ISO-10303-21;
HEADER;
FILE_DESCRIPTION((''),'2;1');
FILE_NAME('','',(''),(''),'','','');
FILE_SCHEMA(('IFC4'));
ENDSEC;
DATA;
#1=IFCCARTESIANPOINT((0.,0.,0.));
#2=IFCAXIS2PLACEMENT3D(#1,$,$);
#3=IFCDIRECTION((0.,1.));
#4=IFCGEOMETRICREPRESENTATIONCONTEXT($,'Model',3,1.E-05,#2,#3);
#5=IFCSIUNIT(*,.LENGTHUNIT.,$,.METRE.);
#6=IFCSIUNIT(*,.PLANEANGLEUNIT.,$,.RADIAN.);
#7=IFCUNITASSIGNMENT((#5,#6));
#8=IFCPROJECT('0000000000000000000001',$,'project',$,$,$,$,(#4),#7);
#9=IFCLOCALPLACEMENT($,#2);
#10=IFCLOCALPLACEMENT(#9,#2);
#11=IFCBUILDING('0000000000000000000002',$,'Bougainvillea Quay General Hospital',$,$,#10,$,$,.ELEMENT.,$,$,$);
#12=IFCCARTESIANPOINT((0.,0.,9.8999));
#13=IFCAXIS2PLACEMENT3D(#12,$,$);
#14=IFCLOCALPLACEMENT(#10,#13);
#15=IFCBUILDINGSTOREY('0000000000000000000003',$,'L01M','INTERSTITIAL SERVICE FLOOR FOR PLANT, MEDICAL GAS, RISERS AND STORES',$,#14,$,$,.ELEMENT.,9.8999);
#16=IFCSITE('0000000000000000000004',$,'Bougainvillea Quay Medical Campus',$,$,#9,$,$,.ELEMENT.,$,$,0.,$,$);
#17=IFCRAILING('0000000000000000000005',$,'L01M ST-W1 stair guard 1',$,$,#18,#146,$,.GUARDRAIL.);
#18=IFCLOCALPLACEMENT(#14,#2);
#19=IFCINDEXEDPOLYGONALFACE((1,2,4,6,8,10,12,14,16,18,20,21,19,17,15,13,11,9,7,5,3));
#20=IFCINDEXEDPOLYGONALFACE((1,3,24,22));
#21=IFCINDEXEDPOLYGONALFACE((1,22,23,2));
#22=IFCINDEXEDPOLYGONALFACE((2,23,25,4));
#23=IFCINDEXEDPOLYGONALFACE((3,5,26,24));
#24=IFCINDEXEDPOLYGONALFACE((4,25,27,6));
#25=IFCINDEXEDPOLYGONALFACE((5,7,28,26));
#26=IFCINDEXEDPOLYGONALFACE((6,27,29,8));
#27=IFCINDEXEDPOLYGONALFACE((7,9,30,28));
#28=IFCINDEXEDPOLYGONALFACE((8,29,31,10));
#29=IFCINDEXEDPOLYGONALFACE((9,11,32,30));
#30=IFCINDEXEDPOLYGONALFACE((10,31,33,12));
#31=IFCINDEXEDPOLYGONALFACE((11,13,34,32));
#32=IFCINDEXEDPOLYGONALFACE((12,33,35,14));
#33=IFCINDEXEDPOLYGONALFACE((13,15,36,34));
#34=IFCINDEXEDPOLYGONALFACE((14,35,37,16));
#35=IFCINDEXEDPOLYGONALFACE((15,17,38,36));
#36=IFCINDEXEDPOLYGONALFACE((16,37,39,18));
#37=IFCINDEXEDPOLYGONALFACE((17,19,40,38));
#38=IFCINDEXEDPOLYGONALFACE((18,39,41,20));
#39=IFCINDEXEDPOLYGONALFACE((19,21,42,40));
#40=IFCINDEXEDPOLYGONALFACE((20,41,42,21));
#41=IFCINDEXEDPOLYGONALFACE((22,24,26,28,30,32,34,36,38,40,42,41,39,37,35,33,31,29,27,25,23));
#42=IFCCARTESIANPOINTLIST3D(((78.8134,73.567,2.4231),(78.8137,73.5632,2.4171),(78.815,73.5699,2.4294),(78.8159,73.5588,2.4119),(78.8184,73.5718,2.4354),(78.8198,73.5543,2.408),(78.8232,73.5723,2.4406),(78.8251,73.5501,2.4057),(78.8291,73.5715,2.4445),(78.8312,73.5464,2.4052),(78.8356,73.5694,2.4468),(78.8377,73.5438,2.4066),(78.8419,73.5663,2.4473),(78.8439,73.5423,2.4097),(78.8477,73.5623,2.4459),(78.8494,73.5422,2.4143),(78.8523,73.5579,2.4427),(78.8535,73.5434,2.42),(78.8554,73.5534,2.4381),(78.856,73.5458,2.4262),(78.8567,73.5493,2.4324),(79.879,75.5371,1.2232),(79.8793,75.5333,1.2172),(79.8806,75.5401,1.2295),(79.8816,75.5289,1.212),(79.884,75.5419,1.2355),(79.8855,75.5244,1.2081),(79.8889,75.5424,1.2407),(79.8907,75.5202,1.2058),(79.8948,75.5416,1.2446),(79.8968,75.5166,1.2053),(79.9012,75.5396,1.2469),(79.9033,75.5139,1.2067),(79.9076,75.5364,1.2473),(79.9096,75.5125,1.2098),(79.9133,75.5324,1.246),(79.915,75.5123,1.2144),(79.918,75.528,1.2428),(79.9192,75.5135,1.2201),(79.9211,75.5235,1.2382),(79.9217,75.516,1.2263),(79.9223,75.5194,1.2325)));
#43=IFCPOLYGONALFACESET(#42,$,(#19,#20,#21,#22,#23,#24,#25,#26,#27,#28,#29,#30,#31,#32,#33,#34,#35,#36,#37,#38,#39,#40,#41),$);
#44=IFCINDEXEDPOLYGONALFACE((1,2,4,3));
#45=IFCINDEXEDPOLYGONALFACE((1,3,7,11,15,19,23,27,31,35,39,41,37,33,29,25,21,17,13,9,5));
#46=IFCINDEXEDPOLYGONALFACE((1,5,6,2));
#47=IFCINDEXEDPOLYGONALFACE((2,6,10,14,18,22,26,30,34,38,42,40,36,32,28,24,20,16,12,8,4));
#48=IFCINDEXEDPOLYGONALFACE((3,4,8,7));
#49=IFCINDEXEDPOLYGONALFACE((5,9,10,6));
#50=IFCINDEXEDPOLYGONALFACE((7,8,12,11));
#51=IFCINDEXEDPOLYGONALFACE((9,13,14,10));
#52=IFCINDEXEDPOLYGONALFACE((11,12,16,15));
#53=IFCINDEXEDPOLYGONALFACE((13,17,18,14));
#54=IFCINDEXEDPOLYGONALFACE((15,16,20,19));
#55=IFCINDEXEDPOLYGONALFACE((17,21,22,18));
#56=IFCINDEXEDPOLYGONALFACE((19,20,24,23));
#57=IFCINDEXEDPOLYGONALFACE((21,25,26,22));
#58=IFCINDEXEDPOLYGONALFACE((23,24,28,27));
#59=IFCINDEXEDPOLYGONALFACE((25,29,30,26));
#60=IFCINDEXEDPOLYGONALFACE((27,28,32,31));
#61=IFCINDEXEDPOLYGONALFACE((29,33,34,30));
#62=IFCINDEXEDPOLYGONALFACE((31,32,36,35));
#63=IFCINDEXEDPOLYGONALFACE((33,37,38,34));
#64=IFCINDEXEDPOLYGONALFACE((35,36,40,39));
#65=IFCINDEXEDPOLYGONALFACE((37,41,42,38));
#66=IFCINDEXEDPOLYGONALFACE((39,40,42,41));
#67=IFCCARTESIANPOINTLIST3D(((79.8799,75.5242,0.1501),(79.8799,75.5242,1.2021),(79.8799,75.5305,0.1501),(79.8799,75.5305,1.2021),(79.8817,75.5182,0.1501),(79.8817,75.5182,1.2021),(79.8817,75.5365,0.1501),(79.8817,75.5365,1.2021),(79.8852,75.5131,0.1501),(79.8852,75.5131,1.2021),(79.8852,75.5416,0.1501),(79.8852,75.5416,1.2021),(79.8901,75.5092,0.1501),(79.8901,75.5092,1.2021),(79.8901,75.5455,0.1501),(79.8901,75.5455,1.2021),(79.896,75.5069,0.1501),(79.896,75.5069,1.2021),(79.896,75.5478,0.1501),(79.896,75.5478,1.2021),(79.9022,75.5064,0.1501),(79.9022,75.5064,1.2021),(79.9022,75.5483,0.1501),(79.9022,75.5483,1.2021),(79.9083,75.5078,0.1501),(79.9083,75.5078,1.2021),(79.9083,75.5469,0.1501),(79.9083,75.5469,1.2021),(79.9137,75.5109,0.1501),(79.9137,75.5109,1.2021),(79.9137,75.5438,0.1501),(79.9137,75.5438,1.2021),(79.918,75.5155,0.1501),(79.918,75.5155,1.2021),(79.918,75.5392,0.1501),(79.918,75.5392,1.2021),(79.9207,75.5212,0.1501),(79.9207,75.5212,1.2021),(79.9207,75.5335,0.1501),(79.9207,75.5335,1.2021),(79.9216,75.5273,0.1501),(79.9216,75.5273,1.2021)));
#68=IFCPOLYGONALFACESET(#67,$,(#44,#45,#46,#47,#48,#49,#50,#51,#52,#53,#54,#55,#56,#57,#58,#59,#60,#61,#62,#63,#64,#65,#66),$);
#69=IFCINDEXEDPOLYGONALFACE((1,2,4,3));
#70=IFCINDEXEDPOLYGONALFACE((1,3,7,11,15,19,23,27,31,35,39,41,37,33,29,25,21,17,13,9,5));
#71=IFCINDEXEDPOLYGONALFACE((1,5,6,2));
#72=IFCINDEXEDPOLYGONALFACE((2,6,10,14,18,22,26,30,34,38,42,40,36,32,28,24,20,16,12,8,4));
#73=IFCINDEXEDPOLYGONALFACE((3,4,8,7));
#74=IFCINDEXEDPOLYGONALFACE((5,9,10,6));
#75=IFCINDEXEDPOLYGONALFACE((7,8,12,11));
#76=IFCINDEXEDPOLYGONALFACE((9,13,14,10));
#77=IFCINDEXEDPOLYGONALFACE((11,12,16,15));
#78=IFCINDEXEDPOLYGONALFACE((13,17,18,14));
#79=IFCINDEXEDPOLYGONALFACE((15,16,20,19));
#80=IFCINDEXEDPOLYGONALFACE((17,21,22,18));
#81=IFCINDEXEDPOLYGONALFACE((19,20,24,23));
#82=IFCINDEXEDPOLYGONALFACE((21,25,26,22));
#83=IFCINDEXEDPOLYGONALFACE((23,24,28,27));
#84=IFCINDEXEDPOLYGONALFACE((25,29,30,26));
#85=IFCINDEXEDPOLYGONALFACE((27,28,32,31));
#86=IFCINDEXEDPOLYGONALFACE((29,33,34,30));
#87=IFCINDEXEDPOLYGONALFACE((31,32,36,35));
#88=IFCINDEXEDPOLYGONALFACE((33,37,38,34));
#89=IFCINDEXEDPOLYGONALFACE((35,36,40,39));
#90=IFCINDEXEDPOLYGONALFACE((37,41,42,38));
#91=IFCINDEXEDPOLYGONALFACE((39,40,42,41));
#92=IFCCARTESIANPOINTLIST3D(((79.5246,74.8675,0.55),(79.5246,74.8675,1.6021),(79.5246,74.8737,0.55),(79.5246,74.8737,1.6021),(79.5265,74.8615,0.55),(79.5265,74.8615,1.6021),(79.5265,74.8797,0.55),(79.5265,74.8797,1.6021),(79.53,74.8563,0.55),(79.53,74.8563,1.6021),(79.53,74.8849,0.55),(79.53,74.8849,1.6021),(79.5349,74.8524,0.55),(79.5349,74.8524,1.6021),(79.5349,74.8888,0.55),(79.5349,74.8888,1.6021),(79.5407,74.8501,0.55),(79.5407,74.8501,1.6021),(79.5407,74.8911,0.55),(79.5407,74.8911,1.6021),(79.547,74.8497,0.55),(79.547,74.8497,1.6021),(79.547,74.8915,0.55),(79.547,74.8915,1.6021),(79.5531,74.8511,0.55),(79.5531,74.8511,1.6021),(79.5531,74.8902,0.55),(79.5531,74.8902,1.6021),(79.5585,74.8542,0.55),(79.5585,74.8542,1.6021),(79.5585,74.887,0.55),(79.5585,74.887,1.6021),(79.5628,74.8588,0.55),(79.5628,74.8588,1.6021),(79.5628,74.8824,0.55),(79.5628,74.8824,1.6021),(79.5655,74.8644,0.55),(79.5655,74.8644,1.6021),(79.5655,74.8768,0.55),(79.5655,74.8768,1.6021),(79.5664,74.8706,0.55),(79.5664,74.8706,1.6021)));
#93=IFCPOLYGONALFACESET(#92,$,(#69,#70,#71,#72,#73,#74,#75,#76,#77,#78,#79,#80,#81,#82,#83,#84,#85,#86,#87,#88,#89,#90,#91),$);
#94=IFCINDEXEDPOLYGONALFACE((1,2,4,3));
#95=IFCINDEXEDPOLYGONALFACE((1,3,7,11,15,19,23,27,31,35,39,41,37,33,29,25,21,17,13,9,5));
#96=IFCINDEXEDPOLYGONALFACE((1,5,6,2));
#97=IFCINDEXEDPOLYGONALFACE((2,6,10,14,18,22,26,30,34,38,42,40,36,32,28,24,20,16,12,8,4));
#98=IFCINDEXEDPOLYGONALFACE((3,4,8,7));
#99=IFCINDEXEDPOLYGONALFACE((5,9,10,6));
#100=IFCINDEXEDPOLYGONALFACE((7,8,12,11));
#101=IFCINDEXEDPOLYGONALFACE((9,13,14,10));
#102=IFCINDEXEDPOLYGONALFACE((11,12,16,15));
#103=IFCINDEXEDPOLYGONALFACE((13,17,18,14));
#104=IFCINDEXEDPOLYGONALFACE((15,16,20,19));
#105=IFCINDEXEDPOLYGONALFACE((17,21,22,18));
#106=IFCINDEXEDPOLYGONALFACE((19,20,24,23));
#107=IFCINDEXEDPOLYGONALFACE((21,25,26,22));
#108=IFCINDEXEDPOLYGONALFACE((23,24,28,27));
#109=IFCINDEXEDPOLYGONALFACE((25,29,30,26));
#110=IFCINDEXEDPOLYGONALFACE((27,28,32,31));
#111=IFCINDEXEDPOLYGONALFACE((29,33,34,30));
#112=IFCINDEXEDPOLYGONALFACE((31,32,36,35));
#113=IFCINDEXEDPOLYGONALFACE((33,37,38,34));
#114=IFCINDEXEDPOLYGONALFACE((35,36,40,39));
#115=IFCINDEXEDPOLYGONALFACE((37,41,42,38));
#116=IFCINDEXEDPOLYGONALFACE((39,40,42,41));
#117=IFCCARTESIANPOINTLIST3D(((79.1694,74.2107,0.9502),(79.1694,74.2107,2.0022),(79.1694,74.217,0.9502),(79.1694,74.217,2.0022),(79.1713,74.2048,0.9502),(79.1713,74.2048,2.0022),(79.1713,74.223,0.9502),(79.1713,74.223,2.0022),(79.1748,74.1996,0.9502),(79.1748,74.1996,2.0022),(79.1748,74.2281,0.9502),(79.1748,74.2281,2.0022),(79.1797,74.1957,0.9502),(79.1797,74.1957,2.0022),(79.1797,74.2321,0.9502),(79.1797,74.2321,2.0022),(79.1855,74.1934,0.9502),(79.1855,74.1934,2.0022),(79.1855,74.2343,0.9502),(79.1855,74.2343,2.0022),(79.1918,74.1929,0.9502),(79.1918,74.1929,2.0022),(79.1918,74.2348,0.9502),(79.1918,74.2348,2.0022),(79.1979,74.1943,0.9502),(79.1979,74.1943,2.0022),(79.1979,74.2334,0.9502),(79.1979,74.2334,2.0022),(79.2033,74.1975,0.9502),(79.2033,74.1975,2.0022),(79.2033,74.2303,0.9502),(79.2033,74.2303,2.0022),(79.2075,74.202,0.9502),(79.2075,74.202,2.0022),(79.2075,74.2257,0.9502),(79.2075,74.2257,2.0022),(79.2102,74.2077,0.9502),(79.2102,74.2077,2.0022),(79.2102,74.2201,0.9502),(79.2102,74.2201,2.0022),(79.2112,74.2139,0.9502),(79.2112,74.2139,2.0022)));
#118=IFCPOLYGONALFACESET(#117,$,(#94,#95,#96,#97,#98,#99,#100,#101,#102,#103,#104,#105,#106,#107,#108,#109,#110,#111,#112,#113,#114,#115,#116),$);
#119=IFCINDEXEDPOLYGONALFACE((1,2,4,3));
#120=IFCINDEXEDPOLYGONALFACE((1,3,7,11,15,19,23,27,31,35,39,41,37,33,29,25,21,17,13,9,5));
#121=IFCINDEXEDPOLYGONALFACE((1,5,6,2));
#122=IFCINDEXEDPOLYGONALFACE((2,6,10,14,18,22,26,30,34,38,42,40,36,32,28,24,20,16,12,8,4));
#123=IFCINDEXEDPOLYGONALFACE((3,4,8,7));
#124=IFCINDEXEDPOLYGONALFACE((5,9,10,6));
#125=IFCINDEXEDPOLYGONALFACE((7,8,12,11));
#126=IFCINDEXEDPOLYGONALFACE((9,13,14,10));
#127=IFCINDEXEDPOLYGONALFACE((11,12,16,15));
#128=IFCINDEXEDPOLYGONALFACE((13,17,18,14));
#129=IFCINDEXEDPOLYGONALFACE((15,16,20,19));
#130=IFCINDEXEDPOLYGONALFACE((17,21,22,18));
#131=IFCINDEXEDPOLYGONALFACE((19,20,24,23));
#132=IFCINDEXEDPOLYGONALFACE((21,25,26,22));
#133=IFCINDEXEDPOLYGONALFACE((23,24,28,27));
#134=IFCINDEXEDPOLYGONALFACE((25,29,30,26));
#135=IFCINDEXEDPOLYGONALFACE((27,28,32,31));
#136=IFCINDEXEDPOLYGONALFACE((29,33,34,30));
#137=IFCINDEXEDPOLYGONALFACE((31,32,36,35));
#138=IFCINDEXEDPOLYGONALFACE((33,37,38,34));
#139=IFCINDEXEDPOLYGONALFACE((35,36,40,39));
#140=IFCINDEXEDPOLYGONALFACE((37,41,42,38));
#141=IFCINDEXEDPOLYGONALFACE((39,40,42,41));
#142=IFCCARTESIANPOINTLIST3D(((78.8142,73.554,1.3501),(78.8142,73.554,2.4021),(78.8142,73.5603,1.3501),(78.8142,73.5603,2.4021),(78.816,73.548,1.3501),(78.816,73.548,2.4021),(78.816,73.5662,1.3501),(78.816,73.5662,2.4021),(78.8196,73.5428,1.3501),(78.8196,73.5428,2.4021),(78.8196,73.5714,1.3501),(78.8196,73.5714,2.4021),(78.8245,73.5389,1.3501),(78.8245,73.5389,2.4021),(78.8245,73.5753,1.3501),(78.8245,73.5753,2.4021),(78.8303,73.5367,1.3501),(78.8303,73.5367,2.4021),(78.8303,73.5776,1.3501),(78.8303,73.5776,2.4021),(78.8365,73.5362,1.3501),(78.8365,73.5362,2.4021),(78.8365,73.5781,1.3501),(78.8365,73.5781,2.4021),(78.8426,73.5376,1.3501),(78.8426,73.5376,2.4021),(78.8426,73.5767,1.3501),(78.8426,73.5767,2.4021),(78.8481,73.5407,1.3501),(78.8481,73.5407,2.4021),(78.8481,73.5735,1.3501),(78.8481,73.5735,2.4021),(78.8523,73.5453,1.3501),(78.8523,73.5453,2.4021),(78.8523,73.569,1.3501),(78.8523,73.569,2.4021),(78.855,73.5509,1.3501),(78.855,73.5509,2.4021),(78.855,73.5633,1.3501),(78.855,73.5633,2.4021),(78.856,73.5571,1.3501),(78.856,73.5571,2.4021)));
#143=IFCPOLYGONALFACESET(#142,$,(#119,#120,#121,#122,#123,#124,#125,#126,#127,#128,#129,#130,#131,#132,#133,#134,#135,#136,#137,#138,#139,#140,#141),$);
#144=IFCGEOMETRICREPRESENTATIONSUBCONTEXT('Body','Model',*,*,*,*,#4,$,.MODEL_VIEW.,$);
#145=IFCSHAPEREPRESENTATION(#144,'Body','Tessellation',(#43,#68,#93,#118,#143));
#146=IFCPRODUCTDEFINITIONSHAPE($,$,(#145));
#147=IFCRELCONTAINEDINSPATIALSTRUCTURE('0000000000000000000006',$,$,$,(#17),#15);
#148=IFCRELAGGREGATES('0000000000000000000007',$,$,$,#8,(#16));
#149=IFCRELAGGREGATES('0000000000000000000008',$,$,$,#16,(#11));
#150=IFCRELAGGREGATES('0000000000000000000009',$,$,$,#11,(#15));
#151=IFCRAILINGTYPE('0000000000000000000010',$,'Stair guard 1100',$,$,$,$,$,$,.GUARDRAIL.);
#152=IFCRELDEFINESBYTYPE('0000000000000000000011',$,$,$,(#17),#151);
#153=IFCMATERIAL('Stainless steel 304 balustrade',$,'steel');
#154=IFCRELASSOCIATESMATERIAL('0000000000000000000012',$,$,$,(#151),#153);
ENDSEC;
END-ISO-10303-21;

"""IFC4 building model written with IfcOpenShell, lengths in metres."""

from ifc_helpers import new_model, si_unit, direction, frame, origin, origin_2d, place, context, subcontext, project, spatial, circle, extrude, material, type_object, element, save


model = new_model("IFC4")

# Units and contexts
model_context = context("Model", 3, precision=1e-05, world=origin(), true_north=direction((0.0, 1.0)))
body_context = subcontext(model_context, "Body", "Model", "MODEL_VIEW")
ifc_project = project(units=[si_unit("LENGTHUNIT", "METRE"), si_unit("PLANEANGLEUNIT", "RADIAN")], contexts=[model_context])

# Site, building, storey
site_placement = place(None, origin())
site = spatial("IfcSite", under=ifc_project, at=site_placement, Name="Bougainvillea Quay Medical Campus", CompositionType="ELEMENT", RefElevation=0.0)
building_placement = place(site_placement, origin())
building = spatial("IfcBuilding", under=site, at=building_placement, Name="Bougainvillea Quay General Hospital", CompositionType="ELEMENT")
storey_placement = place(building_placement, frame((0.0, 0.0, 9.8999)))
storey = spatial("IfcBuildingStorey", under=building, at=storey_placement, Name="L01M", Description="INTERSTITIAL SERVICE FLOOR FOR PLANT, MEDICAL GAS, RISERS AND STORES", CompositionType="ELEMENT", Elevation=9.8999)

# Railing
ifc_material_1 = material(Name="Stainless steel 304 balustrade", Category="steel")
railing_type_1 = type_object("IfcRailingType", Name="Stair guard 1100", PredefinedType="GUARDRAIL", material=ifc_material_1)
railing_1_placement = place(storey_placement, frame((79.9006, 75.5273, 0.1501)))
element("IfcRailing", 1, at=railing_1_placement, inside=storey, type_object=railing_type_1, Name="L01M ST-W1 stair guard 1", PredefinedType="GUARDRAIL", context=body_context, shape_type="SweptSolid", body=[
    extrude(circle(Radius=0.0239, at=origin_2d()), frame((0.0, 0.0, 1.0762), z_axis=(-0.419372, -0.775333, 0.472214), x_axis=(0.879577, -0.475756, 0.0)), (0.0, 0.0, 1.0), 2.541),
    extrude(circle(Radius=0.021, at=origin_2d()), origin(), (0.0, 0.0, 1.0), 1.052),
    extrude(circle(Radius=0.021, at=origin_2d()), frame((-0.3552, -0.6567, 0.3999)), (0.0, 0.0, 1.0), 1.052),
    extrude(circle(Radius=0.021, at=origin_2d()), frame((-0.7104, -1.3135, 0.8)), (0.0, 0.0, 1.0), 1.052),
    extrude(circle(Radius=0.021, at=origin_2d()), frame((-1.0657, -1.9702, 1.2)), (0.0, 0.0, 1.0), 1.052),
])

save(model, "model.ifc")
